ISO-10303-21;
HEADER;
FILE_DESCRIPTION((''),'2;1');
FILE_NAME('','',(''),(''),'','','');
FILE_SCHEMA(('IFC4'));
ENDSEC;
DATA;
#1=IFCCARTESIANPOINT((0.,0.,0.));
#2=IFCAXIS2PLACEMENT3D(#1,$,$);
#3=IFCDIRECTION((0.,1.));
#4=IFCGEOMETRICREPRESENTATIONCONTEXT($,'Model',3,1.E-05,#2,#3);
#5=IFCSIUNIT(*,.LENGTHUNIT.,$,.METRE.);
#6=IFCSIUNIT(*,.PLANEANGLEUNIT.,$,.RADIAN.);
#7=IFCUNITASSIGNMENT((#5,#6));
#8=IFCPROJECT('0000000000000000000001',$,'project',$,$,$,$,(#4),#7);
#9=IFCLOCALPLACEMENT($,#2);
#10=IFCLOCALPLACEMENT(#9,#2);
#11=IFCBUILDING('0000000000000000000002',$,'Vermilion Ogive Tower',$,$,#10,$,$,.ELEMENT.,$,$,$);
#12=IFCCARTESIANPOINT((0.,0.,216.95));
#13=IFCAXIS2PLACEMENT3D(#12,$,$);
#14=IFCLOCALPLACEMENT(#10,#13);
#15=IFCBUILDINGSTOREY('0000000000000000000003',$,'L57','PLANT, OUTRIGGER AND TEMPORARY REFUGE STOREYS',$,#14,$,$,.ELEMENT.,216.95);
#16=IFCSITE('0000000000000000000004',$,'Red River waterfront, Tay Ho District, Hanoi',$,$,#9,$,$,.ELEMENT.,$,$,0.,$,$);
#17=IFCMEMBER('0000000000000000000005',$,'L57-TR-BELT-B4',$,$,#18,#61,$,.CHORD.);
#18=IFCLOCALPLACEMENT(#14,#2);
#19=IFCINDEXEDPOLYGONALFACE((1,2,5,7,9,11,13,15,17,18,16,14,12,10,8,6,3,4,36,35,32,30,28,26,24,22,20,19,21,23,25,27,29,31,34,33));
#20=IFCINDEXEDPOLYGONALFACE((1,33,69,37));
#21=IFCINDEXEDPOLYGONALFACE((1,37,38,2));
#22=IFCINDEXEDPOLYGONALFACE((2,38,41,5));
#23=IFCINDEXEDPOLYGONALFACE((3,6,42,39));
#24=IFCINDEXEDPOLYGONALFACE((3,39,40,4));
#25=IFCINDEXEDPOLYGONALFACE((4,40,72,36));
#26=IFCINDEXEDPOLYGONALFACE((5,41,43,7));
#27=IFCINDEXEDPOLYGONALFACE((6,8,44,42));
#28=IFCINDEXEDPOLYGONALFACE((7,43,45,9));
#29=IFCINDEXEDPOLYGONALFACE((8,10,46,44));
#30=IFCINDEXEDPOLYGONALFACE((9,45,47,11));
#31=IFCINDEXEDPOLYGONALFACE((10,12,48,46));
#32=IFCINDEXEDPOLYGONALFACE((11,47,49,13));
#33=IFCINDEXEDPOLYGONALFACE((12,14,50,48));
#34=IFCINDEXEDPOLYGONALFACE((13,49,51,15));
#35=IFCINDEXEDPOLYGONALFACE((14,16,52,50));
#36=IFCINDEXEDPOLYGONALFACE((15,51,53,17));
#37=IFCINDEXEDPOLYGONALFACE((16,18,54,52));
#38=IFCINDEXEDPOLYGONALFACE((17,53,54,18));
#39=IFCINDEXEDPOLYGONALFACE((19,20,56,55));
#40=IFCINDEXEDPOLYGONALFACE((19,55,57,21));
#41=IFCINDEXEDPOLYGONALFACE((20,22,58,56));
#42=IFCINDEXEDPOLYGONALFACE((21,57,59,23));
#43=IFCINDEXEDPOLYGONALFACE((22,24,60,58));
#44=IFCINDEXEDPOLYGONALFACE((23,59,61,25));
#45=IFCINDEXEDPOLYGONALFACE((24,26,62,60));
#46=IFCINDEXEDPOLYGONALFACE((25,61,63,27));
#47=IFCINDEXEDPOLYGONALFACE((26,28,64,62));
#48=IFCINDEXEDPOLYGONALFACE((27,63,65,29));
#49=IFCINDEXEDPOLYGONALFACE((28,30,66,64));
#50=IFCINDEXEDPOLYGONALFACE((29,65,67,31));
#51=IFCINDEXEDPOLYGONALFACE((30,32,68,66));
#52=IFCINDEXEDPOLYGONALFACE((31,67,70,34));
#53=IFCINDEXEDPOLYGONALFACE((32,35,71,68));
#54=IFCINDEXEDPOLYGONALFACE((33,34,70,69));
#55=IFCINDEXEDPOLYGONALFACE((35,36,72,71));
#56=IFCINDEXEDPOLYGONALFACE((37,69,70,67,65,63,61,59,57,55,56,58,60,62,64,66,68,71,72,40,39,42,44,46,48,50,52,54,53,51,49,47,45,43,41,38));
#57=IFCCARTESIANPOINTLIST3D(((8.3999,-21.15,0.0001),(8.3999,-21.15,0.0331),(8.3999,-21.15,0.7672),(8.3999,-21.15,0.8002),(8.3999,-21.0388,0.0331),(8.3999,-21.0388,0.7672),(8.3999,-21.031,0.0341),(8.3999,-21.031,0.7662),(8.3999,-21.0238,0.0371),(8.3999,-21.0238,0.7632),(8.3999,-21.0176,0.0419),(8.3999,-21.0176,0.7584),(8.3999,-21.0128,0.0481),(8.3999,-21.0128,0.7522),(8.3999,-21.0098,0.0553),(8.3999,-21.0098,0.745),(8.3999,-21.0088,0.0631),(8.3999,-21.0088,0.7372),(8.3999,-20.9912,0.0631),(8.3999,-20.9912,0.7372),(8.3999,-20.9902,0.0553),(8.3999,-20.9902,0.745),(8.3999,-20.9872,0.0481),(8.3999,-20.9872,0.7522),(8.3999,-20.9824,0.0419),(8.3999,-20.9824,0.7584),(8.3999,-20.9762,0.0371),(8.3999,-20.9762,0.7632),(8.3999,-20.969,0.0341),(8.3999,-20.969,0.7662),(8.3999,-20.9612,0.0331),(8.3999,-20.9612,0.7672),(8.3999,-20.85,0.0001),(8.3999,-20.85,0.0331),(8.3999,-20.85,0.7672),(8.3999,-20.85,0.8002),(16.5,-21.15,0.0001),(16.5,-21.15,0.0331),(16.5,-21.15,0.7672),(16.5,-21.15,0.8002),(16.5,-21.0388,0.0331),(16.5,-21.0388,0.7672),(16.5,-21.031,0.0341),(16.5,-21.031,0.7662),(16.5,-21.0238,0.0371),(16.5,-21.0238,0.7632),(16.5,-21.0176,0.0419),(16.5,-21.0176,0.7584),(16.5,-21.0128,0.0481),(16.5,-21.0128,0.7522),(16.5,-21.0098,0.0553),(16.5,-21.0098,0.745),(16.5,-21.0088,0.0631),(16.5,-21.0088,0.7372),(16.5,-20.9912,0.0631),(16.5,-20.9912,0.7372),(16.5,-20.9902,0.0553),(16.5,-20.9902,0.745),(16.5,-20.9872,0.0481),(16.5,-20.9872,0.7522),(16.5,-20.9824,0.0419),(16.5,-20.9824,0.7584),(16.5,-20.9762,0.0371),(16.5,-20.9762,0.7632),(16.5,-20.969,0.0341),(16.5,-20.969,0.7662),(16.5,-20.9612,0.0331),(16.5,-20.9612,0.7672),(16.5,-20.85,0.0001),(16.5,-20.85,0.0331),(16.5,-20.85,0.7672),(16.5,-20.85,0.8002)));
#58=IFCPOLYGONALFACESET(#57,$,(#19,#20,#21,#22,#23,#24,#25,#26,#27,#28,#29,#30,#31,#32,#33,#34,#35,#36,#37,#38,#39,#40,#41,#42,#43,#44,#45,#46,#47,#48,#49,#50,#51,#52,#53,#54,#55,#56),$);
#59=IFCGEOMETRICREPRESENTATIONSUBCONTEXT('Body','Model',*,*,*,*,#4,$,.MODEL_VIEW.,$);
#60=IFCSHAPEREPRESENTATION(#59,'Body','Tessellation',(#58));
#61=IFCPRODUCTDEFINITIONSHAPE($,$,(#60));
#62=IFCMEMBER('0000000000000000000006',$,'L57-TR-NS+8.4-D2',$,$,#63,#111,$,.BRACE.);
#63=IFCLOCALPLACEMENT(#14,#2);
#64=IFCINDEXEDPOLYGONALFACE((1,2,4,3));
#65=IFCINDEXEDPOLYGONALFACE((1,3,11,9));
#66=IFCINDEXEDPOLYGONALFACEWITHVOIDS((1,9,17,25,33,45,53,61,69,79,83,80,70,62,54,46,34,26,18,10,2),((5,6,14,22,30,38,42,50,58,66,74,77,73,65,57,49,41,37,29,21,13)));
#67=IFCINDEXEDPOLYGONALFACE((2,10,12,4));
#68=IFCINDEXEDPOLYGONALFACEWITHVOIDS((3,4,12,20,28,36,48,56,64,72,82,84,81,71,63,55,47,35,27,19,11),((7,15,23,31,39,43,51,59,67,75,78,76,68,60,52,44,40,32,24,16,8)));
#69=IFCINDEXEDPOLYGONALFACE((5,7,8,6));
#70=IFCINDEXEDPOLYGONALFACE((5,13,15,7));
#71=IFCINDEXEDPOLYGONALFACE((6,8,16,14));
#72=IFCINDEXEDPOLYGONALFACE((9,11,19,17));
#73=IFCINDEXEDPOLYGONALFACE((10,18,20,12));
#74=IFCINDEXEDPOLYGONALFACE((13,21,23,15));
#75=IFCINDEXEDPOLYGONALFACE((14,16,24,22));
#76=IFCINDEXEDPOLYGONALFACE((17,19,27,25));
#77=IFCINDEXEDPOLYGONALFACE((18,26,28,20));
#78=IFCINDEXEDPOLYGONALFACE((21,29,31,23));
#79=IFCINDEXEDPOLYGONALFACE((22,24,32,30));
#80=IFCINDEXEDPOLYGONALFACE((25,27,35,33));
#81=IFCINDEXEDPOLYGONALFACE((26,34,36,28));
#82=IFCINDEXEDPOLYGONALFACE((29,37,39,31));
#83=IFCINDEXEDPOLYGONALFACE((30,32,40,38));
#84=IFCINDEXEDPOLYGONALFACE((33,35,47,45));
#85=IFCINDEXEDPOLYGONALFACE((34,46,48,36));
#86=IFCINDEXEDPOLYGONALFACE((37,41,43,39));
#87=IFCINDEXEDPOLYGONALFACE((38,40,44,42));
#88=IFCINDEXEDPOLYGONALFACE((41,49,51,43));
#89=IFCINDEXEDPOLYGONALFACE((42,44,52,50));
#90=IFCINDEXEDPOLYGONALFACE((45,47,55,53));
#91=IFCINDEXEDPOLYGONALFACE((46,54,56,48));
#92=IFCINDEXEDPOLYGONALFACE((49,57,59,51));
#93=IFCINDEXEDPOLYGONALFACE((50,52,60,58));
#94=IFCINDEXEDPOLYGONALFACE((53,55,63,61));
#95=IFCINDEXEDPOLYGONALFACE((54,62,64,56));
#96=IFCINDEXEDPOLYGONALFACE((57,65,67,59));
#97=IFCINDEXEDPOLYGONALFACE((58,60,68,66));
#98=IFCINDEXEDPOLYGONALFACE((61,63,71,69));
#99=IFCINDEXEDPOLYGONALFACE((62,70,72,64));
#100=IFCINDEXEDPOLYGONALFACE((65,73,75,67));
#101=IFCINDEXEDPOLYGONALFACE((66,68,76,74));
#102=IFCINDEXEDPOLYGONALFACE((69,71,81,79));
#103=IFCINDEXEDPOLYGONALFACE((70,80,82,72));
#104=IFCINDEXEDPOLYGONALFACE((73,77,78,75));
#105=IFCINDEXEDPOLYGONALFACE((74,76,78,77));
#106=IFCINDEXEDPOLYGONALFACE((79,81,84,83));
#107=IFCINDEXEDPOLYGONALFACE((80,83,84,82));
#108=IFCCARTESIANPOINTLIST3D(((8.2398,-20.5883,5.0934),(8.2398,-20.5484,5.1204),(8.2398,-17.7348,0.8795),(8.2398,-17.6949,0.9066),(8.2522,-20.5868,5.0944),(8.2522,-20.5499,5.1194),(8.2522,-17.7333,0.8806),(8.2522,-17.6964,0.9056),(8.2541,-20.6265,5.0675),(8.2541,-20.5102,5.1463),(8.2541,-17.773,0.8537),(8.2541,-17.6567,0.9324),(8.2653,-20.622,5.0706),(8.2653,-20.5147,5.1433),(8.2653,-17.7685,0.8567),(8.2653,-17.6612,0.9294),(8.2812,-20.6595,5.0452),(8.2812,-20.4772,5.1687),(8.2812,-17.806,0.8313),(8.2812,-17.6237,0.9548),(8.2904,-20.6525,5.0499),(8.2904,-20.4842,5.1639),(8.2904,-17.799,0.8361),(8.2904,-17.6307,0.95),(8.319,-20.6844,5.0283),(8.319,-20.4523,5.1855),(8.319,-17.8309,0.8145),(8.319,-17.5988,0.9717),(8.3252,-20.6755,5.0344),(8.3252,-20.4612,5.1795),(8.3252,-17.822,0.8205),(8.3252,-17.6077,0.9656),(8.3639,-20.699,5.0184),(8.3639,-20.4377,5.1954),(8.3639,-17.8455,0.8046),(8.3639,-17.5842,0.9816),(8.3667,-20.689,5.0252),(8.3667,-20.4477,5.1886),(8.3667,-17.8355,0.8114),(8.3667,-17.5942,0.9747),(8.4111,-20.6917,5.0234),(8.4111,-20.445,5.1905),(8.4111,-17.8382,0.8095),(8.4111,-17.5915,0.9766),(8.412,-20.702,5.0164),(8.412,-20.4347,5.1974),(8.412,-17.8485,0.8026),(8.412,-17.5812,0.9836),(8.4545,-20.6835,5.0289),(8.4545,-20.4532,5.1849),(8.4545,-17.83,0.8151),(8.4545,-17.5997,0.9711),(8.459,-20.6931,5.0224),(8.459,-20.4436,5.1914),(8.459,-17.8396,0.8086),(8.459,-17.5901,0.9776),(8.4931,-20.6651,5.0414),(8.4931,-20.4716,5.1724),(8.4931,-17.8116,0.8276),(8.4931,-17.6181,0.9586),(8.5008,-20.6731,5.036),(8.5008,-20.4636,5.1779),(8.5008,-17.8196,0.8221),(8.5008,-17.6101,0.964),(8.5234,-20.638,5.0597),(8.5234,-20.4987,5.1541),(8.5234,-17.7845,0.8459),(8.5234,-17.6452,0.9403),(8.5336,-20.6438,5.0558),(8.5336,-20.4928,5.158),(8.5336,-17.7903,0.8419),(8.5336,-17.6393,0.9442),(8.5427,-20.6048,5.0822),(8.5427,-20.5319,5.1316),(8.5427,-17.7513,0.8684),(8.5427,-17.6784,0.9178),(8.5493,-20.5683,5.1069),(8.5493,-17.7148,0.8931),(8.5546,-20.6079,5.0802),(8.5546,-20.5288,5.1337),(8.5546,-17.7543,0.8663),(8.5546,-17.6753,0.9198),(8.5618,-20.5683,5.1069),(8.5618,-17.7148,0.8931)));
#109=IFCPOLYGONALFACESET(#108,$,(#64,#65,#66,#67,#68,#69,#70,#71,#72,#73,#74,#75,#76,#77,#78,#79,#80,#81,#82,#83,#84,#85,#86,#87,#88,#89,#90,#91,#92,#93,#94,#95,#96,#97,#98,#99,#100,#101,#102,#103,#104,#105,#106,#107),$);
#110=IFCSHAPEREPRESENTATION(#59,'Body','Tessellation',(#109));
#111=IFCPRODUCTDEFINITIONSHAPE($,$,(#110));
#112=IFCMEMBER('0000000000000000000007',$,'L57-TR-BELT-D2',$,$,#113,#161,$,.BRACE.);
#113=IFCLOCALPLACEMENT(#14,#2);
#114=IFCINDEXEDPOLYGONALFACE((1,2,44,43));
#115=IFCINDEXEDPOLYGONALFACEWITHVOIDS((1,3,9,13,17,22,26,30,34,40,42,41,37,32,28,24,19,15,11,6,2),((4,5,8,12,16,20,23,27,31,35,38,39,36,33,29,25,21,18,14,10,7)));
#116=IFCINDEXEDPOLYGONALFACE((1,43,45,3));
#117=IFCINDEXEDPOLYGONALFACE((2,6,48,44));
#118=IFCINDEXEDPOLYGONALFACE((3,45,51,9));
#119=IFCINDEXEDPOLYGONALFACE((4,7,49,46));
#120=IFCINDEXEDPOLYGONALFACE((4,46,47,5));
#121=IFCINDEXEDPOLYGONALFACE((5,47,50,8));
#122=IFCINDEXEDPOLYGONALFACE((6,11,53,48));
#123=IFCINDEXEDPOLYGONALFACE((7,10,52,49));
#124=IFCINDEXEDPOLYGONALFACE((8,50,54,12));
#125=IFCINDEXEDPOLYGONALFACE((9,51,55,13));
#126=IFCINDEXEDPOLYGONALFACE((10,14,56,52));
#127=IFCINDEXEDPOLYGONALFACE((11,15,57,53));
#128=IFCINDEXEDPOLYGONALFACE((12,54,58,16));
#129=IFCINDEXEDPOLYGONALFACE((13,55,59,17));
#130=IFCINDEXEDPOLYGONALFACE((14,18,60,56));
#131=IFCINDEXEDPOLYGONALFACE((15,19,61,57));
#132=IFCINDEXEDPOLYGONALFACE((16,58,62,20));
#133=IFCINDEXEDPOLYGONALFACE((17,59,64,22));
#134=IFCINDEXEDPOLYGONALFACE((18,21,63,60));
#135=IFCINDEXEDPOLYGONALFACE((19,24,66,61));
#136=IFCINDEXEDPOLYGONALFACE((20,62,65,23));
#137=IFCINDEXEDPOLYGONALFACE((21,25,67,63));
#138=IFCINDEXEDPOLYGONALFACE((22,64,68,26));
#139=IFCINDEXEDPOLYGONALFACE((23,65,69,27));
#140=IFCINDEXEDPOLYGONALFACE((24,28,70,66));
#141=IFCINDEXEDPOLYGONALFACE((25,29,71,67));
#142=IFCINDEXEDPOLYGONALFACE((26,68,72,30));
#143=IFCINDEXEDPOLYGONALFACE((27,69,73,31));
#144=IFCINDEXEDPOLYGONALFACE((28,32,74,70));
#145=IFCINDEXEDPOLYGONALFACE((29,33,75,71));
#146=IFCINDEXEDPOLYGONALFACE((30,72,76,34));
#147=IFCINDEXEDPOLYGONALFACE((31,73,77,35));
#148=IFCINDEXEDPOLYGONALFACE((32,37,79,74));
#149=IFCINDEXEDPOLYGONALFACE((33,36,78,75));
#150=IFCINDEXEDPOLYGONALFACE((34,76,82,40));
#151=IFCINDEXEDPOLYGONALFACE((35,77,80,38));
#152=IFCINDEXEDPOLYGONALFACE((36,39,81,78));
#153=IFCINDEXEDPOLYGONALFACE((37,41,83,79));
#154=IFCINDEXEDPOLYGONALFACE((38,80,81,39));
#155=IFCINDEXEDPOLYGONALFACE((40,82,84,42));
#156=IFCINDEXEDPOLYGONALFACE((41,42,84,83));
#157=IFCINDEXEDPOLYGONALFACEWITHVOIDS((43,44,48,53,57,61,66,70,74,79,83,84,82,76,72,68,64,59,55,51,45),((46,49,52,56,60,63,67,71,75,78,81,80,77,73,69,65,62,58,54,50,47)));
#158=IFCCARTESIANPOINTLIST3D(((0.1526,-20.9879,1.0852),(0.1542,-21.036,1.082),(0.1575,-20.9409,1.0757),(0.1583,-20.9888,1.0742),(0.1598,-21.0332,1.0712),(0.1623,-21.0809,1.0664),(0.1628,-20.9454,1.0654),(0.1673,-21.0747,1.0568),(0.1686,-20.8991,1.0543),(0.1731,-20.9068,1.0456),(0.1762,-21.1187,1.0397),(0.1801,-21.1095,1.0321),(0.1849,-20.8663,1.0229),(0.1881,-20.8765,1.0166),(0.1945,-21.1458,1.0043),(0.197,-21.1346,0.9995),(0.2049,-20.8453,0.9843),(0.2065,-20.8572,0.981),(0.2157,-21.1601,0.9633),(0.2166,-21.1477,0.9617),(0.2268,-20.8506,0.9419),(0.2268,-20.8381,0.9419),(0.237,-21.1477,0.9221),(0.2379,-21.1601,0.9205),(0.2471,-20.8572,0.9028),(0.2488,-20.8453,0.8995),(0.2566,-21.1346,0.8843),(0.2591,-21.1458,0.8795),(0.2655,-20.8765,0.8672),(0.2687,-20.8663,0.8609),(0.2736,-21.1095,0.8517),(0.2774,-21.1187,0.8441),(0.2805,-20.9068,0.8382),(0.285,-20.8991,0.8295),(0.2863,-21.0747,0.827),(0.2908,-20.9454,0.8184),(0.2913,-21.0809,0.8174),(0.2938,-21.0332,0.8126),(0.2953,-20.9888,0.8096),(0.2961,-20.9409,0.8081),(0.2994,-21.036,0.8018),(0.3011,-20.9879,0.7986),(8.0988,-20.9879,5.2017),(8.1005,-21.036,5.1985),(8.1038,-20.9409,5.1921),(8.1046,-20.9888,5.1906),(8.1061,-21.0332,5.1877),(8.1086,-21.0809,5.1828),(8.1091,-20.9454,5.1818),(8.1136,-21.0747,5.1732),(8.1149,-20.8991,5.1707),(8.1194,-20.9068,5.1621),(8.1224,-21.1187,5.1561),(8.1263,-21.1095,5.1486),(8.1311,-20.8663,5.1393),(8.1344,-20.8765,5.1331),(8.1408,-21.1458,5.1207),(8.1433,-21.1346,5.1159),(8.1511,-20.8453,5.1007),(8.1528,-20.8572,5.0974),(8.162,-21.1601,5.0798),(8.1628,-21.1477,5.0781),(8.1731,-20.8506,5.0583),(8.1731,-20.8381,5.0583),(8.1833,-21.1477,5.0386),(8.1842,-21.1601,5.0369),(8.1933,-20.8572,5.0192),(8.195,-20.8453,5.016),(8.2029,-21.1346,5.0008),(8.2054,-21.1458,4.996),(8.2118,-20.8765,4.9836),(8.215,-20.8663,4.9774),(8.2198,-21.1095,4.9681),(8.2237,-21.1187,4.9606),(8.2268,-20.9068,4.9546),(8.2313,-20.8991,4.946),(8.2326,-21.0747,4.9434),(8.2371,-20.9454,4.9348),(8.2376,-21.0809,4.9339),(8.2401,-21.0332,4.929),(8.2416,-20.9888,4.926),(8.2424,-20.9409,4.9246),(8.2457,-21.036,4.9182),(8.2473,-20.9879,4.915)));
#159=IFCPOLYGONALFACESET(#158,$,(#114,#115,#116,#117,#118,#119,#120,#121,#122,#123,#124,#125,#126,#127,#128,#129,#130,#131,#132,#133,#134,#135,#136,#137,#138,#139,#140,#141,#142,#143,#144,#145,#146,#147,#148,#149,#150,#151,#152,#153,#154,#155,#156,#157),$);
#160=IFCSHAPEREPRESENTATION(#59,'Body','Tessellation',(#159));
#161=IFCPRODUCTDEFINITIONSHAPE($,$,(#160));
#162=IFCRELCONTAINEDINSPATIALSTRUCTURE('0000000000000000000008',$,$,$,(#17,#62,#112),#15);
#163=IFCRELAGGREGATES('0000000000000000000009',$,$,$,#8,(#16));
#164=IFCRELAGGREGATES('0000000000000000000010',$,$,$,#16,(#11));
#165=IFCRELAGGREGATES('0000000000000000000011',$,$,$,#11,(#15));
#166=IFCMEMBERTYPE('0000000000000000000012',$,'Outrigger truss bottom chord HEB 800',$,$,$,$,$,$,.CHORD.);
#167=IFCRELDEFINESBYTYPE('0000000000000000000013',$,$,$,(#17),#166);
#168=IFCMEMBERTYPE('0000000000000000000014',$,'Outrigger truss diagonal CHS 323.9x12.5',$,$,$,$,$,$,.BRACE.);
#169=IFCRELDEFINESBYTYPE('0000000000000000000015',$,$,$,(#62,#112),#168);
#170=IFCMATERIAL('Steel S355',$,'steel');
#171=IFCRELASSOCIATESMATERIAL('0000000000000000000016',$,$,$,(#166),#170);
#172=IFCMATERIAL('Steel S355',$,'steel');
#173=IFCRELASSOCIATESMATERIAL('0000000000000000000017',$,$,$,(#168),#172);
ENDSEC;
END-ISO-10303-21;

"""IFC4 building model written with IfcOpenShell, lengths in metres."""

from ifc_helpers import new_model, si_unit, direction, frame, origin, origin_2d, place, context, subcontext, project, spatial, hollow_circle, i_section, extrude, material, material_profile, profile_set, type_object, element, save


model = new_model("IFC4")

# Units and contexts
model_context = context("Model", 3, precision=1e-05, world=origin(), true_north=direction((0.0, 1.0)))
body_context = subcontext(model_context, "Body", "Model", "MODEL_VIEW")
ifc_project = project(units=[si_unit("LENGTHUNIT", "METRE"), si_unit("PLANEANGLEUNIT", "RADIAN")], contexts=[model_context])

# Site, building, storey
site_placement = place(None, origin())
site = spatial("IfcSite", under=ifc_project, at=site_placement, Name="Red River waterfront, Tay Ho District, Hanoi", CompositionType="ELEMENT", RefElevation=0.0)
building_placement = place(site_placement, origin())
building = spatial("IfcBuilding", under=site, at=building_placement, Name="Vermilion Ogive Tower", CompositionType="ELEMENT")
storey_placement = place(building_placement, frame((0.0, 0.0, 216.95)))
storey = spatial("IfcBuildingStorey", under=building, at=storey_placement, Name="L57", Description="PLANT, OUTRIGGER AND TEMPORARY REFUGE STOREYS", CompositionType="ELEMENT", Elevation=216.95)

# Members
ifc_material_1 = material(Name="Steel S355", Category="steel")
ifc_material_profile_1 = material_profile(ifc_material_1, i_section(OverallWidth=0.3, OverallDepth=0.8, WebThickness=0.0176, FlangeThickness=0.033, FilletRadius=0.03, at=origin_2d()), Name="HEB 800")
ifc_profile_set_1 = profile_set([ifc_material_profile_1], Name="Steel S355")
member_type_1 = type_object("IfcMemberType", Name="Outrigger truss bottom chord HEB 800", PredefinedType="CHORD", material=ifc_profile_set_1)
member_1_placement = place(storey_placement, frame((8.3999, -21.0, 0.4001), z_axis=(1.0, 0.0, 0.0), x_axis=(0.0, 1.0, 0.0)))
element("IfcMember", 1, at=member_1_placement, inside=storey, type_object=member_type_1, Name="L57-TR-BELT-B4", PredefinedType="CHORD", context=body_context, shape_type="SweptSolid", body=[
    extrude(i_section(OverallWidth=0.3, OverallDepth=0.8, WebThickness=0.0176, FlangeThickness=0.033, FilletRadius=0.03, at=origin_2d()), origin(), (0.0, 0.0, 1.0), 8.1001),
])
ifc_material_2 = material(Name="Steel S355", Category="steel")
ifc_material_profile_2 = material_profile(ifc_material_2, hollow_circle(Radius=0.1619, WallThickness=0.0125, at=origin_2d()), Name="CHS 323.9x12.5")
ifc_profile_set_2 = profile_set([ifc_material_profile_2], Name="Steel S355")
member_type_2 = type_object("IfcMemberType", Name="Outrigger truss diagonal CHS 323.9x12.5", PredefinedType="BRACE", material=ifc_profile_set_2)
member_2_placement = place(storey_placement, frame((8.3999, -17.7148, 0.8931), z_axis=(0.0, -0.560708, 0.828014), x_axis=(1.0, 0.0, 0.0)))
element("IfcMember", 2, at=member_2_placement, inside=storey, type_object=member_type_2, Name="L57-TR-NS+8.4-D2", PredefinedType="BRACE", context=body_context, shape_type="SweptSolid", body=[
    extrude(hollow_circle(Radius=0.1619, WallThickness=0.0125, at=origin_2d()), origin(), (0.0, 0.0, 1.0), 5.0891),
])
member_3_placement = place(storey_placement, frame((0.2268, -21.0, 0.9419), z_axis=(0.88793, 0.0, 0.459979), x_axis=(0.0, 1.0, 0.0)))
element("IfcMember", 3, at=member_3_placement, inside=storey, type_object=member_type_2, Name="L57-TR-BELT-D2", PredefinedType="BRACE", context=body_context, shape_type="SweptSolid", body=[
    extrude(hollow_circle(Radius=0.1619, WallThickness=0.0125, at=origin_2d()), origin(), (0.0, 0.0, 1.0), 8.9492),
])

save(model, "model.ifc")
